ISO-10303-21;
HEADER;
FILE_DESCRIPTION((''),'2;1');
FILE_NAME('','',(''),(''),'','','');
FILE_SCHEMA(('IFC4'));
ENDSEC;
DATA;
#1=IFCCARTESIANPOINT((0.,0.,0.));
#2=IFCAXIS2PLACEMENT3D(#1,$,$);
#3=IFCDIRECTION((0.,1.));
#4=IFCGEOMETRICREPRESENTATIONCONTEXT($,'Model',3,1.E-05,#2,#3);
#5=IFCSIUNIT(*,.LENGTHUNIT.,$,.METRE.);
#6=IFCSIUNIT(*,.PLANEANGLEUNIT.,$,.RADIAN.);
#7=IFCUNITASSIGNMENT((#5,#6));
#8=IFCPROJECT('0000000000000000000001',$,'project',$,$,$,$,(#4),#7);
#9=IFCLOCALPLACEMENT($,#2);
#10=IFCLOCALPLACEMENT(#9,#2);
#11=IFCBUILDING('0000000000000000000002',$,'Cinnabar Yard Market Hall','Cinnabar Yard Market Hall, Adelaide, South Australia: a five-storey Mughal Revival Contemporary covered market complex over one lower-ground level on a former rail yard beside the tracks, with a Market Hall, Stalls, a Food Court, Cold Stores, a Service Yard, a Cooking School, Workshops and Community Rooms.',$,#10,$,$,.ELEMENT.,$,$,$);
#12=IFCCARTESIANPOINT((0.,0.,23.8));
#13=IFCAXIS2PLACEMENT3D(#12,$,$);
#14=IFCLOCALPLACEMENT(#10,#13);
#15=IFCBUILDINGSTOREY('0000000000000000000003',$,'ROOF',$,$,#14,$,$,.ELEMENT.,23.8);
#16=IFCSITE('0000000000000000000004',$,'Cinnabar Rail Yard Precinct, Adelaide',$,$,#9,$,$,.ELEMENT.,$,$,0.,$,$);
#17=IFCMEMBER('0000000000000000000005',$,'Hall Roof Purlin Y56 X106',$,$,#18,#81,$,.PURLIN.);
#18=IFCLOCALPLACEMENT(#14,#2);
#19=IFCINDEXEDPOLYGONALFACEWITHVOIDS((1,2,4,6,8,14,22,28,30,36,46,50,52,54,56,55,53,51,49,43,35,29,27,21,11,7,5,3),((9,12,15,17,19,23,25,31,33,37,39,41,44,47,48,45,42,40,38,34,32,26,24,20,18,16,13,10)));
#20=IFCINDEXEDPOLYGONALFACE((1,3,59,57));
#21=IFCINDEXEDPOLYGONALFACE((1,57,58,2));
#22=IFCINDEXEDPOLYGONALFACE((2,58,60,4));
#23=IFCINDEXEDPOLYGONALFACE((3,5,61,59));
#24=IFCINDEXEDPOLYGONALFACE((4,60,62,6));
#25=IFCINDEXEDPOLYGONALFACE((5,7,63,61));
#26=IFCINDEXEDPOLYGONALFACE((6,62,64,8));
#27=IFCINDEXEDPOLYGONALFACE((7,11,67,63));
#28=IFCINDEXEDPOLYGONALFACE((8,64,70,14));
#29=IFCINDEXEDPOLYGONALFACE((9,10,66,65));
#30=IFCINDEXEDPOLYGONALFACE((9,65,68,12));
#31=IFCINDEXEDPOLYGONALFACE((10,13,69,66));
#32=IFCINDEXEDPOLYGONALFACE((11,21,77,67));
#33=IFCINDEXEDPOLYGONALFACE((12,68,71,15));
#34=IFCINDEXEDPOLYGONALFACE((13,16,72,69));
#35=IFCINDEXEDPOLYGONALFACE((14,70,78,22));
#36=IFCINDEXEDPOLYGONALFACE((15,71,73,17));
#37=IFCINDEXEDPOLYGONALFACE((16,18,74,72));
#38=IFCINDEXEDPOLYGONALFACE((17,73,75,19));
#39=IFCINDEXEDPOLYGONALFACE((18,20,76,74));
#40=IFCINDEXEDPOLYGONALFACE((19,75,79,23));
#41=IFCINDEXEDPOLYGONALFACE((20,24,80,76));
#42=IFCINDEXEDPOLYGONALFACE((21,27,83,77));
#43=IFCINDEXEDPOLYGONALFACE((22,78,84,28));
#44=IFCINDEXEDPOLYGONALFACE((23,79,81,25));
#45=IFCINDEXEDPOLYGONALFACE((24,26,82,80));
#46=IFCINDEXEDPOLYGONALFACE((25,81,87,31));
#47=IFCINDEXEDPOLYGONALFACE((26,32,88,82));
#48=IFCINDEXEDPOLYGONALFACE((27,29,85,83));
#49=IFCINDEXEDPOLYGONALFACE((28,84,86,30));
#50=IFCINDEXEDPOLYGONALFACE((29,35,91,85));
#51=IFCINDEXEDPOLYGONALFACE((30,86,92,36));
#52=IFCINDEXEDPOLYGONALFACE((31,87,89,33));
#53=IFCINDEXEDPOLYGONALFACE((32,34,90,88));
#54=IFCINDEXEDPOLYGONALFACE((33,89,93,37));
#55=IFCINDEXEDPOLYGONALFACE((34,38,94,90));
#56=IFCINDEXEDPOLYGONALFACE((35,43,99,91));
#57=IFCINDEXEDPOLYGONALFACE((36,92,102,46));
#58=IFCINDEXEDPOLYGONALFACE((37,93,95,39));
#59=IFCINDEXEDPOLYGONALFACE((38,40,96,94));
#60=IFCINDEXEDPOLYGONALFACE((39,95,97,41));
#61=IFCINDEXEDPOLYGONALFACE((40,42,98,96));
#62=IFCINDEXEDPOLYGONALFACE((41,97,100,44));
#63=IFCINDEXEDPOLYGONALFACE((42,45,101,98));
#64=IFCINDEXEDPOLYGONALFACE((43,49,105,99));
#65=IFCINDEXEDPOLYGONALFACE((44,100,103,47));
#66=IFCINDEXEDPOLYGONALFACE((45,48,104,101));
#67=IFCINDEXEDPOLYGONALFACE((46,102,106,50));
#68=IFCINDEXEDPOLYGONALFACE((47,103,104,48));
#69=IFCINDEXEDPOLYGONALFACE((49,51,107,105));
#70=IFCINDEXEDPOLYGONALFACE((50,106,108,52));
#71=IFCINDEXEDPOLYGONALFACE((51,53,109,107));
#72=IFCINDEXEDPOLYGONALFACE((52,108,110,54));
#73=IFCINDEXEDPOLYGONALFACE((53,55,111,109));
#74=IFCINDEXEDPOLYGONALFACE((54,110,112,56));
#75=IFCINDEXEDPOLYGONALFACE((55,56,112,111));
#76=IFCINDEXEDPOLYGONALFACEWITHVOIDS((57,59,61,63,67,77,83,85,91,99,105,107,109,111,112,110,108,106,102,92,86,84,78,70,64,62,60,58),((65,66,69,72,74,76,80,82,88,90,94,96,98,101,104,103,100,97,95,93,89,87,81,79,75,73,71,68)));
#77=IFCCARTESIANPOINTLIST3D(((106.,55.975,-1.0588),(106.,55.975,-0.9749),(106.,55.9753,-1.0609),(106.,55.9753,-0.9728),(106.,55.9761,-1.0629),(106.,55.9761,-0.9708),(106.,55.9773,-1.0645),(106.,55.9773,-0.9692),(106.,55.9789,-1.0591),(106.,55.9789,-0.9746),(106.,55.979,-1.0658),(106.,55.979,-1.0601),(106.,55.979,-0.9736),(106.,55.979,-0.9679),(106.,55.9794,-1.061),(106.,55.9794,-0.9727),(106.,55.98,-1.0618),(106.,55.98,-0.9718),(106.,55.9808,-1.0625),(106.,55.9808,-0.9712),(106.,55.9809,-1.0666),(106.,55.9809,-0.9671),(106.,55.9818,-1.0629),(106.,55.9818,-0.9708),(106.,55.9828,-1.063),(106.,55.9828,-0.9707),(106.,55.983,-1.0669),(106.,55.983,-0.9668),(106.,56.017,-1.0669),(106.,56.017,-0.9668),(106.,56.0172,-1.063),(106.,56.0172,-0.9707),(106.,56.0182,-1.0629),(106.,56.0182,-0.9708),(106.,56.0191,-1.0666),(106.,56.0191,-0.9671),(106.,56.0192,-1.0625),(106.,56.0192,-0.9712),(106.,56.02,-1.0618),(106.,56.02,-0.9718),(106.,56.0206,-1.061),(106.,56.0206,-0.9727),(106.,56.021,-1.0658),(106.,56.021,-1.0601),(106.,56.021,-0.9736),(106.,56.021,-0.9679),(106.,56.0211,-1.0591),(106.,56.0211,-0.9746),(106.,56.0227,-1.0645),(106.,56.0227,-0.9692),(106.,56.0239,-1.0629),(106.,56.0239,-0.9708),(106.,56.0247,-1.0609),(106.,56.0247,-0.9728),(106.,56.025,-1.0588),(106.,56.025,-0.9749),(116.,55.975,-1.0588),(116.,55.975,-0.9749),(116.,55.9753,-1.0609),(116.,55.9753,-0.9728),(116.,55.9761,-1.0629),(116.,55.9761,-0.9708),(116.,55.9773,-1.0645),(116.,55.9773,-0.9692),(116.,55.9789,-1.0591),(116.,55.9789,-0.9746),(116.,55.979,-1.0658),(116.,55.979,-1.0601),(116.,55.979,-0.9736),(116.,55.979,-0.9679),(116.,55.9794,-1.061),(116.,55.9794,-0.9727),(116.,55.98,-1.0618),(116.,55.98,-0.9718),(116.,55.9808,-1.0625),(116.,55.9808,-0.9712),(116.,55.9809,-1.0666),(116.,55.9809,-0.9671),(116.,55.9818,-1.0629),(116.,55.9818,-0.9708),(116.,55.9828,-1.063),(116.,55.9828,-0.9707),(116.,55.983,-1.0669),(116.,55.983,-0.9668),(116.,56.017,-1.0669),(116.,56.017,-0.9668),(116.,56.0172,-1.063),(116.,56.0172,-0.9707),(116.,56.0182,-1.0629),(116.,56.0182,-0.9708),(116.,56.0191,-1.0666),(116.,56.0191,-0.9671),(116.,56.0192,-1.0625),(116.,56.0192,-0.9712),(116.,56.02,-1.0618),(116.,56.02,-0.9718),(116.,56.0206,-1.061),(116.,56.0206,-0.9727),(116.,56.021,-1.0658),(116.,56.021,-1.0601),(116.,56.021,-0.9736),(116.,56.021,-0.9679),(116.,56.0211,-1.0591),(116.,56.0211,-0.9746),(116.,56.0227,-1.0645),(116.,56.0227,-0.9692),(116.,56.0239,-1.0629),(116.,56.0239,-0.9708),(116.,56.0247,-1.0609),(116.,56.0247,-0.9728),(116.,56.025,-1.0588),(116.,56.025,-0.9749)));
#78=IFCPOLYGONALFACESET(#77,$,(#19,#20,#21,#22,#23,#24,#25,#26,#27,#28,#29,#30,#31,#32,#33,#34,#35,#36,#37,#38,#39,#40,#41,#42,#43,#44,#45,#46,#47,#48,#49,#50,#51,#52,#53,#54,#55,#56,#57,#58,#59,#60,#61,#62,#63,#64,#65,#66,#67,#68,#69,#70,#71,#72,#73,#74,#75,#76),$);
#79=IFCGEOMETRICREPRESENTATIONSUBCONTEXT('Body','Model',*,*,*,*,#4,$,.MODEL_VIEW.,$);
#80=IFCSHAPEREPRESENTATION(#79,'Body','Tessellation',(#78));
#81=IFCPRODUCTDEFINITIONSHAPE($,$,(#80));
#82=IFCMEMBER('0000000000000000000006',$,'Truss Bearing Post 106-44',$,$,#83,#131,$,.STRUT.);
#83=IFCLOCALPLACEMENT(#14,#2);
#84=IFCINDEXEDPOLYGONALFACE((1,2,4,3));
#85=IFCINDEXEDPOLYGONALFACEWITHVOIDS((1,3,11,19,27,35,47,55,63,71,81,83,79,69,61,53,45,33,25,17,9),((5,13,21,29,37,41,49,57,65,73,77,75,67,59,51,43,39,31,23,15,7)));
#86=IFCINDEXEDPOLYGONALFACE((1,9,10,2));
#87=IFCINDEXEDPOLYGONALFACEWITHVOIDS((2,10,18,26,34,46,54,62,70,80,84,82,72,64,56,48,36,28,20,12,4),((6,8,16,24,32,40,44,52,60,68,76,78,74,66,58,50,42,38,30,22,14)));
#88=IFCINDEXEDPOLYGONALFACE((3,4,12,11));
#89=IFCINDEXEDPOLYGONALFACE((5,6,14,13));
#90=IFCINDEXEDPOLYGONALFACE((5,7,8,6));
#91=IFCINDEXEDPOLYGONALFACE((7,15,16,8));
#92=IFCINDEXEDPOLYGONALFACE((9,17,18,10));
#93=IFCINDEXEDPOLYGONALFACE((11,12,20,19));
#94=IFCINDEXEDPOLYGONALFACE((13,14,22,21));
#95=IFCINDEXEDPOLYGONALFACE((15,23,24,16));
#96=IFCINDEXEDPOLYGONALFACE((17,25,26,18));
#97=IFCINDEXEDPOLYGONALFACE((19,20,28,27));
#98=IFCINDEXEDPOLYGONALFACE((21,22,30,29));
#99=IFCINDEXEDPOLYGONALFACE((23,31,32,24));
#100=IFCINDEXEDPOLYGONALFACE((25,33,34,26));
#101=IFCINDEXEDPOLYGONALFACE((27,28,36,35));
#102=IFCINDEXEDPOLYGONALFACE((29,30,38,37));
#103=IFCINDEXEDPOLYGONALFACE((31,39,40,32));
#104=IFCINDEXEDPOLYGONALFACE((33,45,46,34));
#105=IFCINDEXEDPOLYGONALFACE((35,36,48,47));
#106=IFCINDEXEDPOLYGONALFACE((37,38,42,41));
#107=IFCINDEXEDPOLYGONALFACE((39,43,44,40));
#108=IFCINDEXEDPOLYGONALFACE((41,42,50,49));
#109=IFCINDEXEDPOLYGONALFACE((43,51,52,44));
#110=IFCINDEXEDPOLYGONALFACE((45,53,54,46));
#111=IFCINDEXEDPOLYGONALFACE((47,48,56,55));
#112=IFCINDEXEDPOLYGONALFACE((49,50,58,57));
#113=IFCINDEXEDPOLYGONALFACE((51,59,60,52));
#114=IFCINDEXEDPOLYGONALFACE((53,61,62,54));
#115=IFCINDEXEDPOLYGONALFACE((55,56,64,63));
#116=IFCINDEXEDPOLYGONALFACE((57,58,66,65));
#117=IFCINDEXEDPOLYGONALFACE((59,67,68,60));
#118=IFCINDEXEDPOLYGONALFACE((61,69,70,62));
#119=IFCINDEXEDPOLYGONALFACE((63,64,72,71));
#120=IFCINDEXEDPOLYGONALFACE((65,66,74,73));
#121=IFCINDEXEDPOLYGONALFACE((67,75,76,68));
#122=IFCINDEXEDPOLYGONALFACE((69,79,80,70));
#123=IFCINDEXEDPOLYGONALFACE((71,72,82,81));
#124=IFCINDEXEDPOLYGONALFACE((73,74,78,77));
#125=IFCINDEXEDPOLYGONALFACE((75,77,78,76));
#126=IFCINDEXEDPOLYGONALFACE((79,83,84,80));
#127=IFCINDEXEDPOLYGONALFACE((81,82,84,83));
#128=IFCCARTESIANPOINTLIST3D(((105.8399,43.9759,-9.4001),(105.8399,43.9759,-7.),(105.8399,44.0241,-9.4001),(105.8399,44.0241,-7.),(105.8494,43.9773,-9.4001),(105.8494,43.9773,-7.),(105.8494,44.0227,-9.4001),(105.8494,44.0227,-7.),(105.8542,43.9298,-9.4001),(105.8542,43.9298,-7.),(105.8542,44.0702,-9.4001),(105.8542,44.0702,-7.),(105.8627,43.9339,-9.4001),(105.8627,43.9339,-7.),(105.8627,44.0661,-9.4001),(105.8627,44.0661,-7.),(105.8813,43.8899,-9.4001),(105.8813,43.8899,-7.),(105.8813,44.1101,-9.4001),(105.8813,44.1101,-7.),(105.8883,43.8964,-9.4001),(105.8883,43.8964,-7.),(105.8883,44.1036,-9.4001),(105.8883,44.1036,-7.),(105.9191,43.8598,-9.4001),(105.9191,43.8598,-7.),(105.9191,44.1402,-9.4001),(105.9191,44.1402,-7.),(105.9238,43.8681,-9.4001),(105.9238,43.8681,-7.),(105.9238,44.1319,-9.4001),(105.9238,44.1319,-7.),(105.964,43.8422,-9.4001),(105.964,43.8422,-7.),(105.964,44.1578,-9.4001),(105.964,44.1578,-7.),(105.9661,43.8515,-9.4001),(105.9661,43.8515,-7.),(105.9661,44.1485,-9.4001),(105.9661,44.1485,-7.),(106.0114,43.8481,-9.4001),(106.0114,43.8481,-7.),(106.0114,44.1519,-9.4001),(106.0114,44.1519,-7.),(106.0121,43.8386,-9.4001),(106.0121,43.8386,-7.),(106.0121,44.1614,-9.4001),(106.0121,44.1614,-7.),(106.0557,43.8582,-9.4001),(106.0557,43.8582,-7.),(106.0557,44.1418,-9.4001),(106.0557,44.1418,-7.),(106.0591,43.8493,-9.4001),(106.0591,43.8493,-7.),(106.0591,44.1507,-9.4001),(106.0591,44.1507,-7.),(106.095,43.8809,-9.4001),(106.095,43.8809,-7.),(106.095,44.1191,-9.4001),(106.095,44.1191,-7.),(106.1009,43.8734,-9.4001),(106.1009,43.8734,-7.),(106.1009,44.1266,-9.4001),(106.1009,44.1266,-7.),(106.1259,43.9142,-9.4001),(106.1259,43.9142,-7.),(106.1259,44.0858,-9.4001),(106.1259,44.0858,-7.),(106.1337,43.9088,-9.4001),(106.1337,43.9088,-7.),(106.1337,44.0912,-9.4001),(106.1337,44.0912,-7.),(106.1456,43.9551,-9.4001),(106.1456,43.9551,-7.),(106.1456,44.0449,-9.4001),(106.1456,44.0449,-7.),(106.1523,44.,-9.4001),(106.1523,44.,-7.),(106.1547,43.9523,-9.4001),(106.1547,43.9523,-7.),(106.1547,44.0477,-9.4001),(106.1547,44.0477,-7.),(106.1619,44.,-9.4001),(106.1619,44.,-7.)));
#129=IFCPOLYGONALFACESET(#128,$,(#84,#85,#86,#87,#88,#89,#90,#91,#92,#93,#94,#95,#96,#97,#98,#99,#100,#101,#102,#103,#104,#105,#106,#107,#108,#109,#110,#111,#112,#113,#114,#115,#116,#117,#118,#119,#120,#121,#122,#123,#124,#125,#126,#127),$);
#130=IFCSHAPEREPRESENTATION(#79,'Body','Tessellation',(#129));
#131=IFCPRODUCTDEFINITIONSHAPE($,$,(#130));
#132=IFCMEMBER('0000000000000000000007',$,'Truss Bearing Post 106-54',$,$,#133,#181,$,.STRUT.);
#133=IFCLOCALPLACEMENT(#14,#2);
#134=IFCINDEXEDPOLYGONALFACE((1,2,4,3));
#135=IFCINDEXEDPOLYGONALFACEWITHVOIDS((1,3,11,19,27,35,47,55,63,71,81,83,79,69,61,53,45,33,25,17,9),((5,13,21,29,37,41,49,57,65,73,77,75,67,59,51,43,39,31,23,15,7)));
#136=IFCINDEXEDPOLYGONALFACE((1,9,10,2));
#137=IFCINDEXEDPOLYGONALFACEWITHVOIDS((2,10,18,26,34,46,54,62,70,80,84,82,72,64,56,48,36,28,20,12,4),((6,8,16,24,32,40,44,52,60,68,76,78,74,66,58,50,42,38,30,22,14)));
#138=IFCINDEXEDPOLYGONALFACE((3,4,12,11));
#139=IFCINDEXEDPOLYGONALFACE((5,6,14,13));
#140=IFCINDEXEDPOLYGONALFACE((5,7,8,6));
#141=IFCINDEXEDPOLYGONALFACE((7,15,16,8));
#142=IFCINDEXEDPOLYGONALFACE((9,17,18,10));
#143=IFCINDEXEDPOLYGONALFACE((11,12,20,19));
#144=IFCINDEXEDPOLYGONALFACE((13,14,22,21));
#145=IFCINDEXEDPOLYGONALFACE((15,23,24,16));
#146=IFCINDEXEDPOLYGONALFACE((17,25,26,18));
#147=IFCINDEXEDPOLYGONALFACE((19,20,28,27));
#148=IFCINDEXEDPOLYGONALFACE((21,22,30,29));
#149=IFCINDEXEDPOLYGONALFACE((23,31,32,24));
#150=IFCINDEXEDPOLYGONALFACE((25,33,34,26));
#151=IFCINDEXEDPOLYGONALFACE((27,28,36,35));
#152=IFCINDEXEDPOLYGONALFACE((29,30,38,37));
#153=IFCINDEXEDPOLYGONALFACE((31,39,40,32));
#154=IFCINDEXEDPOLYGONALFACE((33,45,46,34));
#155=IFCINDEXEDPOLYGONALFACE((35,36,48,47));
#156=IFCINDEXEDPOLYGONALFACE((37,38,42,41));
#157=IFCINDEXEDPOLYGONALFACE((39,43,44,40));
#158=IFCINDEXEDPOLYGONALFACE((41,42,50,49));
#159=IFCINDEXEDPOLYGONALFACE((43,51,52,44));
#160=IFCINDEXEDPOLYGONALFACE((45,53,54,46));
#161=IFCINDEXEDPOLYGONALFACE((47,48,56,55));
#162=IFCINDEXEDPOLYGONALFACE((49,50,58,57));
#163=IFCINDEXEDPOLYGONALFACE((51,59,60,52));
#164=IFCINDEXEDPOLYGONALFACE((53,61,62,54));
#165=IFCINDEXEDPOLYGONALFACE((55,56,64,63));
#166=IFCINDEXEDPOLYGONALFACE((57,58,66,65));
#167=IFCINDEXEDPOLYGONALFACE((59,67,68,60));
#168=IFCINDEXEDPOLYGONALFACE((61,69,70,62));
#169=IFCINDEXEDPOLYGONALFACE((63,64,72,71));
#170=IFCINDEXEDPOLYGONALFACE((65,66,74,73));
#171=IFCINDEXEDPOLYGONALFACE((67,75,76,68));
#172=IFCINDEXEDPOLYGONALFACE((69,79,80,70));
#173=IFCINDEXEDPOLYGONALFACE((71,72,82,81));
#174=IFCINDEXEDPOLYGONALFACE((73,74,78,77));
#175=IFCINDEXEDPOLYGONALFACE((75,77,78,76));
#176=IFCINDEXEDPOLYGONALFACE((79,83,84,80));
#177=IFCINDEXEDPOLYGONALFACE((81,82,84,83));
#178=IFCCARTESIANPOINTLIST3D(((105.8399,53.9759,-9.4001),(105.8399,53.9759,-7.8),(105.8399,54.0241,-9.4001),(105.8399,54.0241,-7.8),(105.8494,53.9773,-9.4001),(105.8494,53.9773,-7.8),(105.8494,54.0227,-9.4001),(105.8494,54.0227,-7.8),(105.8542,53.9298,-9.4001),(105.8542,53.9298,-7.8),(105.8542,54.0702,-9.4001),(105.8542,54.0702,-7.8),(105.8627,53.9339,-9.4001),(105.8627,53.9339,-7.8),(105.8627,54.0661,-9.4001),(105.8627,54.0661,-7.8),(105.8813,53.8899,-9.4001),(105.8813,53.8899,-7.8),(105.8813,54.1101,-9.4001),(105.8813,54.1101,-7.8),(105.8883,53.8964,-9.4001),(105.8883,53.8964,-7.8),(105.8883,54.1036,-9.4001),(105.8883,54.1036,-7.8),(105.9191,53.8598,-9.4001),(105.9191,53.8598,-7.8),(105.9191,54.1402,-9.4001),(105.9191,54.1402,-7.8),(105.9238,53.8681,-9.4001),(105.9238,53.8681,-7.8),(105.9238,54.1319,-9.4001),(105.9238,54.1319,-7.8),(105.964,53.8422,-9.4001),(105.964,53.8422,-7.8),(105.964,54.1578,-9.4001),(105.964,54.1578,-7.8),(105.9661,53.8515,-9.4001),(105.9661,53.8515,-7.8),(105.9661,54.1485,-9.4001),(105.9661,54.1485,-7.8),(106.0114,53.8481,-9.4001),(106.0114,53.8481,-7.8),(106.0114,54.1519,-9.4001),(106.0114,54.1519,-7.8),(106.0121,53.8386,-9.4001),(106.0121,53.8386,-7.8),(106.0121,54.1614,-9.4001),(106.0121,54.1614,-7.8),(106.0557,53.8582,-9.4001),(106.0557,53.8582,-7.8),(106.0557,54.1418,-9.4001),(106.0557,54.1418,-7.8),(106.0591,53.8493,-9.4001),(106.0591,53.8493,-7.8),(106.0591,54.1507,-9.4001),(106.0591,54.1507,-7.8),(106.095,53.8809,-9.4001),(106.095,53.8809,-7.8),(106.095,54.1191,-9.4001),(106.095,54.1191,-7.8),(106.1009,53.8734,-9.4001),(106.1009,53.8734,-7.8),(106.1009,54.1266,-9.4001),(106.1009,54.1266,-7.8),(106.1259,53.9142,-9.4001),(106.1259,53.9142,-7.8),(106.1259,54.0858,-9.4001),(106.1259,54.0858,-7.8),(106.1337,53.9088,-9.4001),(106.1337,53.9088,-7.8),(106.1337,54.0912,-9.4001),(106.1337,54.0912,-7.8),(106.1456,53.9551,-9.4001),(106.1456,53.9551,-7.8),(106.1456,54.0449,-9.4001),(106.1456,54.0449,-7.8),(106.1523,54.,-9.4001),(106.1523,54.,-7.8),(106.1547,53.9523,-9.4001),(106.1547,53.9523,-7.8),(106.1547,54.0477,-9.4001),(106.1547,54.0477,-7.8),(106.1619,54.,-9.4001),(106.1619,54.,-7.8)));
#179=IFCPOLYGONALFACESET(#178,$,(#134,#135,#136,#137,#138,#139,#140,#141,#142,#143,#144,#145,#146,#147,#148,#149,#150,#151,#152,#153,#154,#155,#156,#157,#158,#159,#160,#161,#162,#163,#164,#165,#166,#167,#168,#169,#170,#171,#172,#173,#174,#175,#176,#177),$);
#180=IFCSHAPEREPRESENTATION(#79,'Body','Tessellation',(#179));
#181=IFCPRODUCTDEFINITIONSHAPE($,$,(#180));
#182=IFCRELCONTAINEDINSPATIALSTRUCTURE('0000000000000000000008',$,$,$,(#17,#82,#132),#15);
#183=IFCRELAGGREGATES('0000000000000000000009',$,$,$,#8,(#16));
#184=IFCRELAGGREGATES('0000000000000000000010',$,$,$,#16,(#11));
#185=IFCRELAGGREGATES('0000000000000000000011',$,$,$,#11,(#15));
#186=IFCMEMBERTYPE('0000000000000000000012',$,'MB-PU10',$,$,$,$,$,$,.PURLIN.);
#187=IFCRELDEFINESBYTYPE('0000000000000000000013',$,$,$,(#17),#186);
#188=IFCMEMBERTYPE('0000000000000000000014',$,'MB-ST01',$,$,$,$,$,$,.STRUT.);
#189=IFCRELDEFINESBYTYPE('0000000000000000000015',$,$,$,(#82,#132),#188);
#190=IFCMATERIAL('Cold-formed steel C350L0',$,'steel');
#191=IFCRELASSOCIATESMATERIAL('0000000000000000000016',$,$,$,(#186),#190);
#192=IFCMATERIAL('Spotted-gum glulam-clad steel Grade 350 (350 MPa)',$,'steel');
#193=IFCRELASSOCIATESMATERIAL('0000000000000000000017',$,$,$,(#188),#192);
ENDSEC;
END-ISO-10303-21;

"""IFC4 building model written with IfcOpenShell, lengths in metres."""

from ifc_helpers import new_model, si_unit, direction, frame, origin, origin_2d_with_axis, place, context, subcontext, project, spatial, hollow_rectangle, hollow_circle, extrude, material, material_profile, profile_set, type_object, element, save


model = new_model("IFC4")

# Units and contexts
model_context = context("Model", 3, precision=1e-05, world=origin(), true_north=direction((0.0, 1.0)))
body_context = subcontext(model_context, "Body", "Model", "MODEL_VIEW")
ifc_project = project(units=[si_unit("LENGTHUNIT", "METRE"), si_unit("PLANEANGLEUNIT", "RADIAN")], contexts=[model_context])

# Site, building, storey
site_placement = place(None, origin())
site = spatial("IfcSite", under=ifc_project, at=site_placement, Name="Cinnabar Rail Yard Precinct, Adelaide", CompositionType="ELEMENT", RefElevation=0.0)
building_placement = place(site_placement, origin())
building = spatial("IfcBuilding", under=site, at=building_placement, Name="Cinnabar Yard Market Hall", Description="Cinnabar Yard Market Hall, Adelaide, South Australia: a five-storey Mughal Revival Contemporary covered market complex over one lower-ground level on a former rail yard beside the tracks, with a Market Hall, Stalls, a Food Court, Cold Stores, a Service Yard, a Cooking School, Workshops and Community Rooms.", CompositionType="ELEMENT")
storey_placement = place(building_placement, frame((0.0, 0.0, 23.8)))
storey = spatial("IfcBuildingStorey", under=building, at=storey_placement, Name="ROOF", CompositionType="ELEMENT", Elevation=23.8)

# Members
ifc_material_1 = material(Name="Cold-formed steel C350L0", Category="steel")
ifc_material_profile_1 = material_profile(ifc_material_1, hollow_rectangle(XDim=0.05, YDim=0.1001, WallThickness=0.0039, InnerFilletRadius=0.0039, OuterFilletRadius=0.0081, at=origin_2d_with_axis()), Name="100x50x4.0RHS")
ifc_profile_set_1 = profile_set([ifc_material_profile_1], Name="Cold-formed steel C350L0")
member_type_1 = type_object("IfcMemberType", Name="MB-PU10", PredefinedType="PURLIN", material=ifc_profile_set_1)
member_1_placement = place(storey_placement, frame((106.0, 56.0, -1.0168), z_axis=(1.0, 0.0, 0.0), x_axis=(0.0, 1.0, 0.0)))
element("IfcMember", 1, at=member_1_placement, inside=storey, type_object=member_type_1, Name="Hall Roof Purlin Y56 X106", PredefinedType="PURLIN", context=body_context, shape_type="SweptSolid", body=[
    extrude(hollow_rectangle(XDim=0.05, YDim=0.1001, WallThickness=0.0039, InnerFilletRadius=0.0039, OuterFilletRadius=0.0081, at=origin_2d_with_axis()), origin(), (0.0, 0.0, 1.0), 10.0),
])
ifc_material_2 = material(Name="Spotted-gum glulam-clad steel Grade 350 (350 MPa)", Category="steel")
ifc_material_profile_2 = material_profile(ifc_material_2, hollow_circle(Radius=0.1619, WallThickness=0.0095, at=origin_2d_with_axis()), Name="323.9x9.5CHS")
ifc_profile_set_2 = profile_set([ifc_material_profile_2], Name="Spotted-gum glulam-clad steel Grade 350 (350 MPa)")
member_type_2 = type_object("IfcMemberType", Name="MB-ST01", PredefinedType="STRUT", material=ifc_profile_set_2)
member_2_placement = place(storey_placement, frame((106.0, 44.0, -9.4001), z_axis=(0.0, 0.0, 1.0), x_axis=(1.0, 0.0, 0.0)))
element("IfcMember", 2, at=member_2_placement, inside=storey, type_object=member_type_2, Name="Truss Bearing Post 106-44", PredefinedType="STRUT", context=body_context, shape_type="SweptSolid", body=[
    extrude(hollow_circle(Radius=0.1619, WallThickness=0.0095, at=origin_2d_with_axis()), origin(), (0.0, 0.0, 1.0), 2.4001),
])
member_3_placement = place(storey_placement, frame((106.0, 54.0, -9.4001), z_axis=(0.0, 0.0, 1.0), x_axis=(1.0, 0.0, 0.0)))
element("IfcMember", 3, at=member_3_placement, inside=storey, type_object=member_type_2, Name="Truss Bearing Post 106-54", PredefinedType="STRUT", context=body_context, shape_type="SweptSolid", body=[
    extrude(hollow_circle(Radius=0.1619, WallThickness=0.0095, at=origin_2d_with_axis()), origin(), (0.0, 0.0, 1.0), 1.6001),
])

save(model, "model.ifc")
